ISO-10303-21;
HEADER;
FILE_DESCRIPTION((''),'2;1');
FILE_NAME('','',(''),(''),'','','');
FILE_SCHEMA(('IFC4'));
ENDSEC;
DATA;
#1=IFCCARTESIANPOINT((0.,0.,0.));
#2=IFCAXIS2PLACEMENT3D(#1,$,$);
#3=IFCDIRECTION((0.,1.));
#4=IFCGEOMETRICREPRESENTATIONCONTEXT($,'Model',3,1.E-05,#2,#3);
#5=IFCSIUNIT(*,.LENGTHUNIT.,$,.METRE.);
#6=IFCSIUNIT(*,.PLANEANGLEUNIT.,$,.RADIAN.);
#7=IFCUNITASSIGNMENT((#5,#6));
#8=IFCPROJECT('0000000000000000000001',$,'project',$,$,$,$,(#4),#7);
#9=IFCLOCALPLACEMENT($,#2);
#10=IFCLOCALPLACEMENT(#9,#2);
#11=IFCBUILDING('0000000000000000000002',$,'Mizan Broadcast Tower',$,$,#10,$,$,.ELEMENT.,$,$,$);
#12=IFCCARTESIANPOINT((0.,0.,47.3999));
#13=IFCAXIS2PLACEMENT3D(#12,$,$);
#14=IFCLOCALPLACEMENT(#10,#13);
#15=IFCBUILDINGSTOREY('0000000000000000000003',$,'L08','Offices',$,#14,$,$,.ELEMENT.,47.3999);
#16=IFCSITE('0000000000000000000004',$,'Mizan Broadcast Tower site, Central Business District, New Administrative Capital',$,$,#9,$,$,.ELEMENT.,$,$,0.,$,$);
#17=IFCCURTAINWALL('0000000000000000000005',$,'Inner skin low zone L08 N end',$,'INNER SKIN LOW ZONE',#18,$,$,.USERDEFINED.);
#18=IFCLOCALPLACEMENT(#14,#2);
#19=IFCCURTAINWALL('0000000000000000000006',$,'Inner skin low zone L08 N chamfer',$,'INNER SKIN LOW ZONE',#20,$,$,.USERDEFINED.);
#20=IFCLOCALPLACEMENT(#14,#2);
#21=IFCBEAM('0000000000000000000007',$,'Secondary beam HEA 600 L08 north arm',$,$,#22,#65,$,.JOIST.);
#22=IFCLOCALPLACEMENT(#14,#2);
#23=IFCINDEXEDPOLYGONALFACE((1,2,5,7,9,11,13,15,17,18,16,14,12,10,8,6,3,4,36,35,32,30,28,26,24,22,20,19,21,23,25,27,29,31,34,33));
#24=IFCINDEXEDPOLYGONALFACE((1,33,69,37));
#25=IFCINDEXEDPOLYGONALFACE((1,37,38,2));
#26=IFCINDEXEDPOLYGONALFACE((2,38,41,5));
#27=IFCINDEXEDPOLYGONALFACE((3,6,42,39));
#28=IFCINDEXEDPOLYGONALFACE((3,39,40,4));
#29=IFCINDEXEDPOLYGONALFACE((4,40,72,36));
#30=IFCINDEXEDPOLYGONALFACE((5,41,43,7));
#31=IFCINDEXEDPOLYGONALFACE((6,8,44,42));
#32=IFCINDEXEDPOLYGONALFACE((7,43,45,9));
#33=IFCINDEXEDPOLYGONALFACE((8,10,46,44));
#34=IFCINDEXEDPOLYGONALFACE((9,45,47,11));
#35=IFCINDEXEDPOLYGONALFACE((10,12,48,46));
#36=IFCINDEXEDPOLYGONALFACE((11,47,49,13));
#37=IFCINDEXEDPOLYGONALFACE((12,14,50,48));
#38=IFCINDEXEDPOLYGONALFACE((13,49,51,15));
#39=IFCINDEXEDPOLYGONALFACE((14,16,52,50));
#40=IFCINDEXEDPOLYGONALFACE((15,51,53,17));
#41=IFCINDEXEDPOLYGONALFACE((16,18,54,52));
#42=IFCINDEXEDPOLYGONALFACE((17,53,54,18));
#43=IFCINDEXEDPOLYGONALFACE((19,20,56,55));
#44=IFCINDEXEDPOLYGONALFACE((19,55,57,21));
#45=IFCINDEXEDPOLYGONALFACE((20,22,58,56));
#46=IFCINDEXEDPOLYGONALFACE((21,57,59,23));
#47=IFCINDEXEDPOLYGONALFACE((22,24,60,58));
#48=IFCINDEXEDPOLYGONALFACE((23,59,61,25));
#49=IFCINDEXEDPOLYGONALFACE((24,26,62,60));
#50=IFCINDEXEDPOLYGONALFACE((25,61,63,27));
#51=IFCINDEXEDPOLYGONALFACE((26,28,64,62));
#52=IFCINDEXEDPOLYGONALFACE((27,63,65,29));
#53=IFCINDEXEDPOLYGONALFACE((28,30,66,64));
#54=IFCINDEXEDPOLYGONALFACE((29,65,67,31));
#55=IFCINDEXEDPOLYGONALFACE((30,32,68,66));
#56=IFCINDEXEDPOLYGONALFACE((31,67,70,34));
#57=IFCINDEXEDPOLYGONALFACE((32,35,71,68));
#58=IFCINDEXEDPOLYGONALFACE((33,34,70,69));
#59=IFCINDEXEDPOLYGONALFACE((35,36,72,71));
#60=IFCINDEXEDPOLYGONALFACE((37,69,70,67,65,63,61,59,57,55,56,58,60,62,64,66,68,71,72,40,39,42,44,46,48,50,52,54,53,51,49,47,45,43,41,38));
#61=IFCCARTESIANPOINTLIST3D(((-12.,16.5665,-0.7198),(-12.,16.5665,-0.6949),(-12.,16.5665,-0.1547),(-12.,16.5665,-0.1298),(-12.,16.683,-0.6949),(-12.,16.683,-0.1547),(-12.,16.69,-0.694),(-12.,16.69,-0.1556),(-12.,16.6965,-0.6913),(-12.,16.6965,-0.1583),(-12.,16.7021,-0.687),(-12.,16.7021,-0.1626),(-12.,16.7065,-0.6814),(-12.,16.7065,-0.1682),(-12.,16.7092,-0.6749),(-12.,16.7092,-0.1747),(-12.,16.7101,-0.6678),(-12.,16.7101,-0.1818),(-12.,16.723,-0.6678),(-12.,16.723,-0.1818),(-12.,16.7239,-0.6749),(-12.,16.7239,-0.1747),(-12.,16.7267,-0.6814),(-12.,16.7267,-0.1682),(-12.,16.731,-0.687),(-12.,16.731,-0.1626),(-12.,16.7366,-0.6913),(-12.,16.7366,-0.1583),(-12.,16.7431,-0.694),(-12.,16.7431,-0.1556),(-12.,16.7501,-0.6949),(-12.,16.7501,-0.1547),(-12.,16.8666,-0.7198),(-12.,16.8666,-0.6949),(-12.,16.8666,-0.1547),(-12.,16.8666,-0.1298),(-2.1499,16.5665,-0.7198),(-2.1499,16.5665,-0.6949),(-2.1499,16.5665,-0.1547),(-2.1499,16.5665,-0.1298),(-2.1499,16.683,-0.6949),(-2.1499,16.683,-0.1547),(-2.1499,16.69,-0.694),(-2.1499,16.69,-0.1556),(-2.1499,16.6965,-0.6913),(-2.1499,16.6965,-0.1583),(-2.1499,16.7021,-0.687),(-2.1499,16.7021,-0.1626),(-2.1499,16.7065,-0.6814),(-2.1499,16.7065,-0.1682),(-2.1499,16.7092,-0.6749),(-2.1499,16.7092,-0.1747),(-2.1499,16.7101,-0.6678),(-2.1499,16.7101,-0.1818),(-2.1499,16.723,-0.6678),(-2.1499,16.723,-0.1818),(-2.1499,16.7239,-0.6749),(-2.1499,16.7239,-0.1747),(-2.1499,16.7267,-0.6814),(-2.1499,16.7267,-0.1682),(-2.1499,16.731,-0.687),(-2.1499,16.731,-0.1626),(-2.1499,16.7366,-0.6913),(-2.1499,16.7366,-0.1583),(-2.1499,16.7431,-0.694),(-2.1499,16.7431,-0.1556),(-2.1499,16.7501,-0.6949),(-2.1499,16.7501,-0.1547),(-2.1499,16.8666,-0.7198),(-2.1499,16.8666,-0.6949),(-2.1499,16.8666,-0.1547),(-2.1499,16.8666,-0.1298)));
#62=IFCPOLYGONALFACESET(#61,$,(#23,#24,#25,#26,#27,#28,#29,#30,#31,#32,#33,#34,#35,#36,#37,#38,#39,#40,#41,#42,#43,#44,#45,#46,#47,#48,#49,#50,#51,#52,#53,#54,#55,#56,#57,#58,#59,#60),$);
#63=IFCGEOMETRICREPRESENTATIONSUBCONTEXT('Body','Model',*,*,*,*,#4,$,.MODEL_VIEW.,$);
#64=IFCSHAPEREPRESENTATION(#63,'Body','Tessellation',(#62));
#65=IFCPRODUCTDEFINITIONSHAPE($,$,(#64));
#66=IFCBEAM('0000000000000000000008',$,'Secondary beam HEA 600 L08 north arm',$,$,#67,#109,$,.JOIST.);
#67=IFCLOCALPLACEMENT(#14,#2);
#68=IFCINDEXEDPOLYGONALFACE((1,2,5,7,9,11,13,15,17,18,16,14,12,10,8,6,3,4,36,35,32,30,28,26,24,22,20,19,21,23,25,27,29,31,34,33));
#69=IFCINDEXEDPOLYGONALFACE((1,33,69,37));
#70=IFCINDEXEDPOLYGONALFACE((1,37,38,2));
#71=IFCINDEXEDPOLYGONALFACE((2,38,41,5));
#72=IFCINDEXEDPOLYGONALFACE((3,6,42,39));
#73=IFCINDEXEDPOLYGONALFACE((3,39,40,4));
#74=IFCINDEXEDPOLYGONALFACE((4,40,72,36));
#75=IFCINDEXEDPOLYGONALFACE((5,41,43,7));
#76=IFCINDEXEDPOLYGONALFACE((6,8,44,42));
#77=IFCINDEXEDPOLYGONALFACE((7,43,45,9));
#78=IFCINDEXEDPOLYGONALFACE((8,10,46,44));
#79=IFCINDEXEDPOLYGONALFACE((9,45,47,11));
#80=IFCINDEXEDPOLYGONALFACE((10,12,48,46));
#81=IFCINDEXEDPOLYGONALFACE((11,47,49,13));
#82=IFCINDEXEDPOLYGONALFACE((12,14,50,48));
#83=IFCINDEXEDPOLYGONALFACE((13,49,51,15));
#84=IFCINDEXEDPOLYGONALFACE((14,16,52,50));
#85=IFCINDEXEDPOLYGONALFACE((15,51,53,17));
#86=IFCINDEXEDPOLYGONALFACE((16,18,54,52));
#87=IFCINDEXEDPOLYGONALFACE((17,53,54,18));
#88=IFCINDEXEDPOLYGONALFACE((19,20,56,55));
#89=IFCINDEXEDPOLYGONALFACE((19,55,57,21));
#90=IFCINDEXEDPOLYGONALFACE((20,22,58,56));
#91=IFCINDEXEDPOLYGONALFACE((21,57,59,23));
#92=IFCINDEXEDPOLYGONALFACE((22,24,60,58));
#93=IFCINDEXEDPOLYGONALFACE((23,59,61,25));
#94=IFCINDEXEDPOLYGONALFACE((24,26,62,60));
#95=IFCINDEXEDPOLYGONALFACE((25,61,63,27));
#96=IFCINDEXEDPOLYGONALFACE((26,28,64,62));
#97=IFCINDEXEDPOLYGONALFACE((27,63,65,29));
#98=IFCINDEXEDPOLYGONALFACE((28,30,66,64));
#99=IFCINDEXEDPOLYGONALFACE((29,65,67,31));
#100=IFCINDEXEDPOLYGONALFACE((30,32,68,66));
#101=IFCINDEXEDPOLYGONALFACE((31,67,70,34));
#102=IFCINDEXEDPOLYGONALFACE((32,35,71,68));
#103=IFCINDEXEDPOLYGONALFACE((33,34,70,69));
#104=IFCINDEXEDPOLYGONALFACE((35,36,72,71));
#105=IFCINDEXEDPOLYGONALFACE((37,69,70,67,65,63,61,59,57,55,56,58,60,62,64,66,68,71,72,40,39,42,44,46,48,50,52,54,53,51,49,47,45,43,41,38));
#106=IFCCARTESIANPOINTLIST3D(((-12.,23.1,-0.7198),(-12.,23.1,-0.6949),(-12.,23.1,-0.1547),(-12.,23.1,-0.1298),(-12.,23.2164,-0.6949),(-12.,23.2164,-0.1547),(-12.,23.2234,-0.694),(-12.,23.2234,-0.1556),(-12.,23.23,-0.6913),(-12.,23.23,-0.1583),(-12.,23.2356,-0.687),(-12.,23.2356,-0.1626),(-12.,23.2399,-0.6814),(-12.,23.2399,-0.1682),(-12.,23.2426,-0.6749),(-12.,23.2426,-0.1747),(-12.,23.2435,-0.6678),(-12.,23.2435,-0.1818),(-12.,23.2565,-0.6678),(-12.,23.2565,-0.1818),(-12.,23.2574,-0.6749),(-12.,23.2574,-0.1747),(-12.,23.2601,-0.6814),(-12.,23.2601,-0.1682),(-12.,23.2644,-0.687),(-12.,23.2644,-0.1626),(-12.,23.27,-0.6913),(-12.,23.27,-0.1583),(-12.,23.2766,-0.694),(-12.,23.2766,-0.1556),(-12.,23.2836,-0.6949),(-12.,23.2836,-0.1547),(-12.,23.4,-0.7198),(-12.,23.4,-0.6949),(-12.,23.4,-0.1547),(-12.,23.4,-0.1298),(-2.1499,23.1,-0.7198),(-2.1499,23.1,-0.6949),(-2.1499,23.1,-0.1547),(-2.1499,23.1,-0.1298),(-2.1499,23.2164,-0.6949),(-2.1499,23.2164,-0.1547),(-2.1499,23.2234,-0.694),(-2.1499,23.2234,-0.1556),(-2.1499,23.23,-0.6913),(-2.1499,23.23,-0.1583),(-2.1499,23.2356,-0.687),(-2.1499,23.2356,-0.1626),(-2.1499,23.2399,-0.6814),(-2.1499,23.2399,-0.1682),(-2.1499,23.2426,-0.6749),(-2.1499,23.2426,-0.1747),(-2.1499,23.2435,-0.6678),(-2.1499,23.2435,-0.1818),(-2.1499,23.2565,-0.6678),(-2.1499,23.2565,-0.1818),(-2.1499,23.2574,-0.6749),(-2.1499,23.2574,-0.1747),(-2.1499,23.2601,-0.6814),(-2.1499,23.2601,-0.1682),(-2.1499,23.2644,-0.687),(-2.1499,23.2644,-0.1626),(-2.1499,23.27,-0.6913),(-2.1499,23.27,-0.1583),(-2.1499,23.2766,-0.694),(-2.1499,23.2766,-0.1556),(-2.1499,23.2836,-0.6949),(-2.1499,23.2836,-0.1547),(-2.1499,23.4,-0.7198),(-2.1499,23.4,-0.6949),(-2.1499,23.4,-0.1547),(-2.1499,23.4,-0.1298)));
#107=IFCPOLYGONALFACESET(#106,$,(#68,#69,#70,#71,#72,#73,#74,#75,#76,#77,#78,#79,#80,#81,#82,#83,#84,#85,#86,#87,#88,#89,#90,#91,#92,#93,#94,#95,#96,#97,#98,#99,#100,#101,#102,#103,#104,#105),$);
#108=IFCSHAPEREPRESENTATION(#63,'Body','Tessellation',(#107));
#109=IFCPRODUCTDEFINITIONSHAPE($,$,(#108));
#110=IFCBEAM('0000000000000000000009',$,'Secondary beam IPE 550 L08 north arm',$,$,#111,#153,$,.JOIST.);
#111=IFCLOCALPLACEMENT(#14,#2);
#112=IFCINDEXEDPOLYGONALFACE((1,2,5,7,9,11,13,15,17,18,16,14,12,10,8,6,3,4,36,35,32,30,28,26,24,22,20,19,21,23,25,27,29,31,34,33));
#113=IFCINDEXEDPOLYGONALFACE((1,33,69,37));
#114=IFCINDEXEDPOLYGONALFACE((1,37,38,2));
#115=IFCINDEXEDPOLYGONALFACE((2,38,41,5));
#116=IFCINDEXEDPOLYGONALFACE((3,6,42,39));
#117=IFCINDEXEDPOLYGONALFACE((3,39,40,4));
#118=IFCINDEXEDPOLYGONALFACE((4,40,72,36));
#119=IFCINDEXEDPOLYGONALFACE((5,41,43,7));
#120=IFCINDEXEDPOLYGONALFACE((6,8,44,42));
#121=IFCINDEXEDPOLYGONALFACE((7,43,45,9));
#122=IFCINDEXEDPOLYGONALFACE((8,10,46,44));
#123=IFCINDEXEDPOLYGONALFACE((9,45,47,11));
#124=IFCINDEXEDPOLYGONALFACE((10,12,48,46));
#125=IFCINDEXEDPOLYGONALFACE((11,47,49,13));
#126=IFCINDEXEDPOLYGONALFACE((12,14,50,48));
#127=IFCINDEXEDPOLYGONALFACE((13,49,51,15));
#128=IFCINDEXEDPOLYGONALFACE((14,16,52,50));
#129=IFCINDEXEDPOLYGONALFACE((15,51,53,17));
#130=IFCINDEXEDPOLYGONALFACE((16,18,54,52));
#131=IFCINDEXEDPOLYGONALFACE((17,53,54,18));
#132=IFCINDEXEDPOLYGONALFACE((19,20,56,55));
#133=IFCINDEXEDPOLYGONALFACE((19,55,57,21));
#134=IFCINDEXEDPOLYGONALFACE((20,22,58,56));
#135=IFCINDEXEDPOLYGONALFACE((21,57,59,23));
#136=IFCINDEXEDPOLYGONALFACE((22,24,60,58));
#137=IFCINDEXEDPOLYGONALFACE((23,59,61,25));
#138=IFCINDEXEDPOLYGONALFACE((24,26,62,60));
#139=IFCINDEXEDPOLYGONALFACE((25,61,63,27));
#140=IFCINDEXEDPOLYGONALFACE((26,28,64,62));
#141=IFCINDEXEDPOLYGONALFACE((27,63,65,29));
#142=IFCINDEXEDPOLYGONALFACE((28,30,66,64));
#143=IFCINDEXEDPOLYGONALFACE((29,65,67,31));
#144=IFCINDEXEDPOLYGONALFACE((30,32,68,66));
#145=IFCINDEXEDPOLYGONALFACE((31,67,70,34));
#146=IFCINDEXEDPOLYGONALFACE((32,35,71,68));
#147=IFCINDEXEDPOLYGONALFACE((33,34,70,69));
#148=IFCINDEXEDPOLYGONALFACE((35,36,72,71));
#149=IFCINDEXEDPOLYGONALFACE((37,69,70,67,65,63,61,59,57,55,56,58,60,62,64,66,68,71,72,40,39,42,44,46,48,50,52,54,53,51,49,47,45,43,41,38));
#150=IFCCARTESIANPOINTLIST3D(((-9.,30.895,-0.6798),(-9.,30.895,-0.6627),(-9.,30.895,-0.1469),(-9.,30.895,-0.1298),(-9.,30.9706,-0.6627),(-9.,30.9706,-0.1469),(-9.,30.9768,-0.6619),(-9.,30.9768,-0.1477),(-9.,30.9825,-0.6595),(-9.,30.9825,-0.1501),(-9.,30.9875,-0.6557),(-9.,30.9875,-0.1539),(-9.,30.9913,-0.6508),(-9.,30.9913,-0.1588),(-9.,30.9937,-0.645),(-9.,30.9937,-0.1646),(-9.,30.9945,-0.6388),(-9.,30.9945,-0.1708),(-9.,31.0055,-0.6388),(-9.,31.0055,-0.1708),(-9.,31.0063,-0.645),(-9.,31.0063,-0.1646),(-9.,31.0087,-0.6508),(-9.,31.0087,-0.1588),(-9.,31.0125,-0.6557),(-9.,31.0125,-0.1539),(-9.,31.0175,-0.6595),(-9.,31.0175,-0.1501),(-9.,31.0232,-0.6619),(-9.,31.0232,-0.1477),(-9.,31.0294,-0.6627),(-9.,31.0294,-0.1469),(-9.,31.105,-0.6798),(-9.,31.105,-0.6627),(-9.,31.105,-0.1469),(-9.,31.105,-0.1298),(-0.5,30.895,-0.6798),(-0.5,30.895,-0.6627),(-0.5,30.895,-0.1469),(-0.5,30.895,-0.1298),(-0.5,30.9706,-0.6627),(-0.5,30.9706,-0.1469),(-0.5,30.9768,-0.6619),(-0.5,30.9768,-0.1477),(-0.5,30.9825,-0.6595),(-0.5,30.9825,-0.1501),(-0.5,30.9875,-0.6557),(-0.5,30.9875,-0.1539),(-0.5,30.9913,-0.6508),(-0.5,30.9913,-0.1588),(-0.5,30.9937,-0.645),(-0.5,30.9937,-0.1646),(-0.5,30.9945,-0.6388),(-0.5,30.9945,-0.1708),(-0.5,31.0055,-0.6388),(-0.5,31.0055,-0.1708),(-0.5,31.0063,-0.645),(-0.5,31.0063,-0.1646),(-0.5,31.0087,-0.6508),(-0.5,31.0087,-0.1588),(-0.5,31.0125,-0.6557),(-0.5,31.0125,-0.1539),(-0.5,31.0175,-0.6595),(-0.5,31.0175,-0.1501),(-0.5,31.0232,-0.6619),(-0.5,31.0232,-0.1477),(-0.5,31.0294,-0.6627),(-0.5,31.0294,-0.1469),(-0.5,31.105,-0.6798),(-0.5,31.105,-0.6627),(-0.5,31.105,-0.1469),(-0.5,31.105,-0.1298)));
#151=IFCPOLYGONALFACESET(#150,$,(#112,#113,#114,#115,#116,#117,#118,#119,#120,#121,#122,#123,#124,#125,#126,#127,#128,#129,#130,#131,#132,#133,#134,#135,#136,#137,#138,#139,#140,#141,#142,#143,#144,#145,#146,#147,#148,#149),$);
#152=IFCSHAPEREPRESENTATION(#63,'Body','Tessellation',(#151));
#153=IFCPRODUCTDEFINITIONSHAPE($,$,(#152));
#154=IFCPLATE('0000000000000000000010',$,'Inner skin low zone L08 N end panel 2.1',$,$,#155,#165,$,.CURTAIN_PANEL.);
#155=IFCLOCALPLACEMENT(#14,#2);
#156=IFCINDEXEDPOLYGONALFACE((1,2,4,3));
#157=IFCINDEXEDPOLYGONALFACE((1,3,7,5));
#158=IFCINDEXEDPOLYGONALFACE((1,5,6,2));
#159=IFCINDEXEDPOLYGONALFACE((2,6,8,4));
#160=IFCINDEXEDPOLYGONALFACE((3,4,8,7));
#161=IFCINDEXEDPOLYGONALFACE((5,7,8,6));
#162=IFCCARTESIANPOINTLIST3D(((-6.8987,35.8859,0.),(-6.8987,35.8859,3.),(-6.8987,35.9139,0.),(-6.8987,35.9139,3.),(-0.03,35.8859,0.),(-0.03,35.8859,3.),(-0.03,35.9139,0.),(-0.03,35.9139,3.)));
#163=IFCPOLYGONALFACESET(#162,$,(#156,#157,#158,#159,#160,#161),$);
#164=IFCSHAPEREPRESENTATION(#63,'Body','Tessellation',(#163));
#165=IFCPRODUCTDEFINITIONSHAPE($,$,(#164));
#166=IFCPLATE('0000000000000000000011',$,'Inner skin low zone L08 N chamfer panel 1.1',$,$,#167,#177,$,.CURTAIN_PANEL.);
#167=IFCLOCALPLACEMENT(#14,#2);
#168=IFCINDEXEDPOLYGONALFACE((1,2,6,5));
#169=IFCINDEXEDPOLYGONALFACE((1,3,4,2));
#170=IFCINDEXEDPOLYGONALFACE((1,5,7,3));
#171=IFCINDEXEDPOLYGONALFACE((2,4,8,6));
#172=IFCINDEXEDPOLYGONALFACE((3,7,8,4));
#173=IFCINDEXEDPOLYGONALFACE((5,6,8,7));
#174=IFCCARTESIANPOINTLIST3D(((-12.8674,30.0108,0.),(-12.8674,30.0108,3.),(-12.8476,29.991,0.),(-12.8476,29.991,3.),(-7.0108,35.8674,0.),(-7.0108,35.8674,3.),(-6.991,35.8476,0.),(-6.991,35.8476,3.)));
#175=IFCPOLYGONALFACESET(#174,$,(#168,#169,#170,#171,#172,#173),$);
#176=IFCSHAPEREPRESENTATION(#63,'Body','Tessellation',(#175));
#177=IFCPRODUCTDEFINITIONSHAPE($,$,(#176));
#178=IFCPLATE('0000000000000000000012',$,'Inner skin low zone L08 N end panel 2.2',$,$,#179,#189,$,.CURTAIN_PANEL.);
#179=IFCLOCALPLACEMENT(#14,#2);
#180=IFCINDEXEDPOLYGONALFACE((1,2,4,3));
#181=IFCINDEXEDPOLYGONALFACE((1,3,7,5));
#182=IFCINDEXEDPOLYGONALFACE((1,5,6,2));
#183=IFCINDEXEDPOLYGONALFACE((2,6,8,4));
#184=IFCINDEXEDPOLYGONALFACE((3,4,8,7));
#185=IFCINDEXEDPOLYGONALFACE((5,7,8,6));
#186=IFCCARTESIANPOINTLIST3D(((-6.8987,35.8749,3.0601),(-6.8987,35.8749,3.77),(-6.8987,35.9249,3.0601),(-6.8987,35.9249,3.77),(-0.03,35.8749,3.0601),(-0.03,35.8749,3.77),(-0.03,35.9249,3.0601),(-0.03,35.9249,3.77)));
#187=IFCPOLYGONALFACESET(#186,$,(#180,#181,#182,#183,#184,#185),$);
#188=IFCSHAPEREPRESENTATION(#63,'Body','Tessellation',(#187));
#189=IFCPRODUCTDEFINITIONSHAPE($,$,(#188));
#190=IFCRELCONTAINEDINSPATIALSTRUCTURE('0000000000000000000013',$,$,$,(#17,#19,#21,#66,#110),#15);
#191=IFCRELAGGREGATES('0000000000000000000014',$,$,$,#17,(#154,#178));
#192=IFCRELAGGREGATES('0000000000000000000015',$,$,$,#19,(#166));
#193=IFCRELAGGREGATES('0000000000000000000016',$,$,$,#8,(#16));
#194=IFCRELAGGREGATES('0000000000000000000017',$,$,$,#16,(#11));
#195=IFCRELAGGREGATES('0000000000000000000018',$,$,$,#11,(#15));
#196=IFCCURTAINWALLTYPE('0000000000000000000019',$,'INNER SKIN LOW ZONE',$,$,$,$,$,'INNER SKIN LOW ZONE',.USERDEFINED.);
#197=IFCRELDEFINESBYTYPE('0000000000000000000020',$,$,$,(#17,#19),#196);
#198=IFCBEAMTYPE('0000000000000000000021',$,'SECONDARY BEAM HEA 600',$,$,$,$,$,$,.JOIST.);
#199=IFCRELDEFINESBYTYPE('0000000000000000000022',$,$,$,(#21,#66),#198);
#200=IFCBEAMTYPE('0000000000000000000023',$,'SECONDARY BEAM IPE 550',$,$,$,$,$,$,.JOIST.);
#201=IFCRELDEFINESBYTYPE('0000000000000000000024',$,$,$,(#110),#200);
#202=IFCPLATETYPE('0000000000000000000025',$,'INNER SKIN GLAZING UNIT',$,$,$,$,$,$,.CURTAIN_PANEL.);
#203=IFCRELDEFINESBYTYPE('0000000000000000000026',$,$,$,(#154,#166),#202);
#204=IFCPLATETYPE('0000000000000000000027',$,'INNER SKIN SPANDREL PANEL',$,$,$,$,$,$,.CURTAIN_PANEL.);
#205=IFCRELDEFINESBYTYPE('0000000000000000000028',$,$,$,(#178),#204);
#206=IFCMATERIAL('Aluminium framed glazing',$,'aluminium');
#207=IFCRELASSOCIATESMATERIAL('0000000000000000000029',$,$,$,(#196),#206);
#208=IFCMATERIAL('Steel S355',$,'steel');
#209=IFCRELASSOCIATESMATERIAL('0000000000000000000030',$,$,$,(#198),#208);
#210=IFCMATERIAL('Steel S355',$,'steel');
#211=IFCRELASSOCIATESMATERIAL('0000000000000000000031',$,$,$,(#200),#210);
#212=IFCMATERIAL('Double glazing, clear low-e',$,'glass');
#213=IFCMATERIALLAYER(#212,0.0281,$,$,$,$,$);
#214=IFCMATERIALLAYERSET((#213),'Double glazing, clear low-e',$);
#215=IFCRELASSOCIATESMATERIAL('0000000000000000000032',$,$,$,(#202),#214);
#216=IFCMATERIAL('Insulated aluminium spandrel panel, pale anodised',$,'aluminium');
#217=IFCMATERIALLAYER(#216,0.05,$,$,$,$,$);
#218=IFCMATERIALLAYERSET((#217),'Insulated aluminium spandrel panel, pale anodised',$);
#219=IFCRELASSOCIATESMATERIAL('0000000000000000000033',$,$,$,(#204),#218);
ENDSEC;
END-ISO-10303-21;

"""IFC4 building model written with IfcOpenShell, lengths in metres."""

from ifc_helpers import new_model, si_unit, direction, frame, origin, origin_2d, place, context, subcontext, project, spatial, rectangle, i_section, extrude, material, layer, layer_set, material_profile, profile_set, type_object, element, aggregate, save


model = new_model("IFC4")

# Units and contexts
model_context = context("Model", 3, precision=1e-05, world=origin(), true_north=direction((0.0, 1.0)))
body_context = subcontext(model_context, "Body", "Model", "MODEL_VIEW")
ifc_project = project(units=[si_unit("LENGTHUNIT", "METRE"), si_unit("PLANEANGLEUNIT", "RADIAN")], contexts=[model_context])

# Site, building, storey
site_placement = place(None, origin())
site = spatial("IfcSite", under=ifc_project, at=site_placement, Name="Mizan Broadcast Tower site, Central Business District, New Administrative Capital", CompositionType="ELEMENT", RefElevation=0.0)
building_placement = place(site_placement, origin())
building = spatial("IfcBuilding", under=site, at=building_placement, Name="Mizan Broadcast Tower", CompositionType="ELEMENT")
storey_placement = place(building_placement, frame((0.0, 0.0, 47.3999)))
storey = spatial("IfcBuildingStorey", under=building, at=storey_placement, Name="L08", Description="Offices", CompositionType="ELEMENT", Elevation=47.3999)

# Curtain wall
ifc_material_1 = material(Name="Aluminium framed glazing", Category="aluminium")
curtain_wall_type_1 = type_object("IfcCurtainWallType", Name="INNER SKIN LOW ZONE", ElementType="INNER SKIN LOW ZONE", PredefinedType="USERDEFINED", material=ifc_material_1)
curtain_wall_1_placement = place(storey_placement, origin())
curtain_wall_1 = element("IfcCurtainWall", 1, at=curtain_wall_1_placement, inside=storey, type_object=curtain_wall_type_1, Name="Inner skin low zone L08 N end", ObjectType="INNER SKIN LOW ZONE", PredefinedType="USERDEFINED")

# Curtain wall
curtain_wall_2_placement = place(storey_placement, origin())
curtain_wall_2 = element("IfcCurtainWall", 2, at=curtain_wall_2_placement, inside=storey, type_object=curtain_wall_type_1, Name="Inner skin low zone L08 N chamfer", ObjectType="INNER SKIN LOW ZONE", PredefinedType="USERDEFINED")

# Beams
ifc_material_2 = material(Name="Steel S355", Category="steel")
ifc_material_profile_1 = material_profile(ifc_material_2, i_section(OverallWidth=0.3, OverallDepth=0.5901, WebThickness=0.0129, FlangeThickness=0.0249, FilletRadius=0.0271, at=origin_2d()), Name="HEA 600")
ifc_profile_set_1 = profile_set([ifc_material_profile_1], Name="Steel S355")
beam_type_1 = type_object("IfcBeamType", Name="SECONDARY BEAM HEA 600", PredefinedType="JOIST", material=ifc_profile_set_1)
for number, where, z_axis, x_axis, name in (
    (3, (-12.0, 16.7166, -0.4248), (1.0, 0.0, 0.0), (0.0, 1.0, 0.0), "Secondary beam HEA 600 L08 north arm"),
    (4, (-12.0, 23.25, -0.4248), (1.0, 0.0, 0.0), (0.0, 1.0, 0.0), "Secondary beam HEA 600 L08 north arm"),
):
    element("IfcBeam", number, at=place(storey_placement, frame(where, z_axis=z_axis, x_axis=x_axis)), inside=storey, type_object=beam_type_1, Name=name, PredefinedType="JOIST", context=body_context, shape_type="SweptSolid", body=[
        extrude(i_section(OverallWidth=0.3, OverallDepth=0.5901, WebThickness=0.0129, FlangeThickness=0.0249, FilletRadius=0.0271, at=origin_2d()), origin(), (0.0, 0.0, 1.0), 9.8501),
    ])
ifc_material_3 = material(Name="Steel S355", Category="steel")
ifc_material_profile_2 = material_profile(ifc_material_3, i_section(OverallWidth=0.21, OverallDepth=0.55, WebThickness=0.011, FlangeThickness=0.0171, FilletRadius=0.0239, at=origin_2d()), Name="IPE 550")
ifc_profile_set_2 = profile_set([ifc_material_profile_2], Name="Steel S355")
beam_type_2 = type_object("IfcBeamType", Name="SECONDARY BEAM IPE 550", PredefinedType="JOIST", material=ifc_profile_set_2)
beam_1_placement = place(storey_placement, frame((-9.0, 31.0, -0.4048), z_axis=(1.0, 0.0, 0.0), x_axis=(0.0, 1.0, 0.0)))
element("IfcBeam", 5, at=beam_1_placement, inside=storey, type_object=beam_type_2, Name="Secondary beam IPE 550 L08 north arm", PredefinedType="JOIST", context=body_context, shape_type="SweptSolid", body=[
    extrude(i_section(OverallWidth=0.21, OverallDepth=0.55, WebThickness=0.011, FlangeThickness=0.0171, FilletRadius=0.0239, at=origin_2d()), origin(), (0.0, 0.0, 1.0), 8.5),
])

# Plates
ifc_material_4 = material(Name="Double glazing, clear low-e", Category="glass")
ifc_layer_1 = layer(ifc_material_4, 0.0281)
ifc_layer_set_1 = layer_set([ifc_layer_1], Name="Double glazing, clear low-e")
plate_type_1 = type_object("IfcPlateType", Name="INNER SKIN GLAZING UNIT", PredefinedType="CURTAIN_PANEL", material=ifc_layer_set_1)
plate_1_placement = place(storey_placement, frame((-3.4644, 35.8999, 0.0), z_axis=(0.0, 0.0, 1.0), x_axis=(-1.0, 0.0, 0.0)))
plate_1 = element("IfcPlate", 6, at=plate_1_placement, type_object=plate_type_1, Name="Inner skin low zone L08 N end panel 2.1", PredefinedType="CURTAIN_PANEL", context=body_context, shape_type="SweptSolid", body=[
    extrude(rectangle(XDim=6.8687, YDim=0.0281, at=origin_2d()), origin(), (0.0, 0.0, 1.0), 3.0),
])
plate_2_placement = place(storey_placement, frame((-9.9292, 32.9292, 0.0), z_axis=(0.0, 0.0, 1.0), x_axis=(-0.707107, -0.707107, 0.0)))
plate_2 = element("IfcPlate", 7, at=plate_2_placement, type_object=plate_type_1, Name="Inner skin low zone L08 N chamfer panel 1.1", PredefinedType="CURTAIN_PANEL", context=body_context, shape_type="SweptSolid", body=[
    extrude(rectangle(XDim=8.2825, YDim=0.0281, at=origin_2d()), origin(), (0.0, 0.0, 1.0), 3.0),
])
ifc_material_5 = material(Name="Insulated aluminium spandrel panel, pale anodised", Category="aluminium")
ifc_layer_2 = layer(ifc_material_5, 0.05)
ifc_layer_set_2 = layer_set([ifc_layer_2], Name="Insulated aluminium spandrel panel, pale anodised")
plate_type_2 = type_object("IfcPlateType", Name="INNER SKIN SPANDREL PANEL", PredefinedType="CURTAIN_PANEL", material=ifc_layer_set_2)
plate_3_placement = place(storey_placement, frame((-3.4644, 35.8999, 3.0601), z_axis=(0.0, 0.0, 1.0), x_axis=(-1.0, 0.0, 0.0)))
plate_3 = element("IfcPlate", 8, at=plate_3_placement, type_object=plate_type_2, Name="Inner skin low zone L08 N end panel 2.2", PredefinedType="CURTAIN_PANEL", context=body_context, shape_type="SweptSolid", body=[
    extrude(rectangle(XDim=6.8687, YDim=0.05, at=origin_2d()), origin(), (0.0, 0.0, 1.0), 0.71),
])
aggregate(curtain_wall_1, [plate_1, plate_3])
aggregate(curtain_wall_2, [plate_2])

save(model, "model.ifc")
